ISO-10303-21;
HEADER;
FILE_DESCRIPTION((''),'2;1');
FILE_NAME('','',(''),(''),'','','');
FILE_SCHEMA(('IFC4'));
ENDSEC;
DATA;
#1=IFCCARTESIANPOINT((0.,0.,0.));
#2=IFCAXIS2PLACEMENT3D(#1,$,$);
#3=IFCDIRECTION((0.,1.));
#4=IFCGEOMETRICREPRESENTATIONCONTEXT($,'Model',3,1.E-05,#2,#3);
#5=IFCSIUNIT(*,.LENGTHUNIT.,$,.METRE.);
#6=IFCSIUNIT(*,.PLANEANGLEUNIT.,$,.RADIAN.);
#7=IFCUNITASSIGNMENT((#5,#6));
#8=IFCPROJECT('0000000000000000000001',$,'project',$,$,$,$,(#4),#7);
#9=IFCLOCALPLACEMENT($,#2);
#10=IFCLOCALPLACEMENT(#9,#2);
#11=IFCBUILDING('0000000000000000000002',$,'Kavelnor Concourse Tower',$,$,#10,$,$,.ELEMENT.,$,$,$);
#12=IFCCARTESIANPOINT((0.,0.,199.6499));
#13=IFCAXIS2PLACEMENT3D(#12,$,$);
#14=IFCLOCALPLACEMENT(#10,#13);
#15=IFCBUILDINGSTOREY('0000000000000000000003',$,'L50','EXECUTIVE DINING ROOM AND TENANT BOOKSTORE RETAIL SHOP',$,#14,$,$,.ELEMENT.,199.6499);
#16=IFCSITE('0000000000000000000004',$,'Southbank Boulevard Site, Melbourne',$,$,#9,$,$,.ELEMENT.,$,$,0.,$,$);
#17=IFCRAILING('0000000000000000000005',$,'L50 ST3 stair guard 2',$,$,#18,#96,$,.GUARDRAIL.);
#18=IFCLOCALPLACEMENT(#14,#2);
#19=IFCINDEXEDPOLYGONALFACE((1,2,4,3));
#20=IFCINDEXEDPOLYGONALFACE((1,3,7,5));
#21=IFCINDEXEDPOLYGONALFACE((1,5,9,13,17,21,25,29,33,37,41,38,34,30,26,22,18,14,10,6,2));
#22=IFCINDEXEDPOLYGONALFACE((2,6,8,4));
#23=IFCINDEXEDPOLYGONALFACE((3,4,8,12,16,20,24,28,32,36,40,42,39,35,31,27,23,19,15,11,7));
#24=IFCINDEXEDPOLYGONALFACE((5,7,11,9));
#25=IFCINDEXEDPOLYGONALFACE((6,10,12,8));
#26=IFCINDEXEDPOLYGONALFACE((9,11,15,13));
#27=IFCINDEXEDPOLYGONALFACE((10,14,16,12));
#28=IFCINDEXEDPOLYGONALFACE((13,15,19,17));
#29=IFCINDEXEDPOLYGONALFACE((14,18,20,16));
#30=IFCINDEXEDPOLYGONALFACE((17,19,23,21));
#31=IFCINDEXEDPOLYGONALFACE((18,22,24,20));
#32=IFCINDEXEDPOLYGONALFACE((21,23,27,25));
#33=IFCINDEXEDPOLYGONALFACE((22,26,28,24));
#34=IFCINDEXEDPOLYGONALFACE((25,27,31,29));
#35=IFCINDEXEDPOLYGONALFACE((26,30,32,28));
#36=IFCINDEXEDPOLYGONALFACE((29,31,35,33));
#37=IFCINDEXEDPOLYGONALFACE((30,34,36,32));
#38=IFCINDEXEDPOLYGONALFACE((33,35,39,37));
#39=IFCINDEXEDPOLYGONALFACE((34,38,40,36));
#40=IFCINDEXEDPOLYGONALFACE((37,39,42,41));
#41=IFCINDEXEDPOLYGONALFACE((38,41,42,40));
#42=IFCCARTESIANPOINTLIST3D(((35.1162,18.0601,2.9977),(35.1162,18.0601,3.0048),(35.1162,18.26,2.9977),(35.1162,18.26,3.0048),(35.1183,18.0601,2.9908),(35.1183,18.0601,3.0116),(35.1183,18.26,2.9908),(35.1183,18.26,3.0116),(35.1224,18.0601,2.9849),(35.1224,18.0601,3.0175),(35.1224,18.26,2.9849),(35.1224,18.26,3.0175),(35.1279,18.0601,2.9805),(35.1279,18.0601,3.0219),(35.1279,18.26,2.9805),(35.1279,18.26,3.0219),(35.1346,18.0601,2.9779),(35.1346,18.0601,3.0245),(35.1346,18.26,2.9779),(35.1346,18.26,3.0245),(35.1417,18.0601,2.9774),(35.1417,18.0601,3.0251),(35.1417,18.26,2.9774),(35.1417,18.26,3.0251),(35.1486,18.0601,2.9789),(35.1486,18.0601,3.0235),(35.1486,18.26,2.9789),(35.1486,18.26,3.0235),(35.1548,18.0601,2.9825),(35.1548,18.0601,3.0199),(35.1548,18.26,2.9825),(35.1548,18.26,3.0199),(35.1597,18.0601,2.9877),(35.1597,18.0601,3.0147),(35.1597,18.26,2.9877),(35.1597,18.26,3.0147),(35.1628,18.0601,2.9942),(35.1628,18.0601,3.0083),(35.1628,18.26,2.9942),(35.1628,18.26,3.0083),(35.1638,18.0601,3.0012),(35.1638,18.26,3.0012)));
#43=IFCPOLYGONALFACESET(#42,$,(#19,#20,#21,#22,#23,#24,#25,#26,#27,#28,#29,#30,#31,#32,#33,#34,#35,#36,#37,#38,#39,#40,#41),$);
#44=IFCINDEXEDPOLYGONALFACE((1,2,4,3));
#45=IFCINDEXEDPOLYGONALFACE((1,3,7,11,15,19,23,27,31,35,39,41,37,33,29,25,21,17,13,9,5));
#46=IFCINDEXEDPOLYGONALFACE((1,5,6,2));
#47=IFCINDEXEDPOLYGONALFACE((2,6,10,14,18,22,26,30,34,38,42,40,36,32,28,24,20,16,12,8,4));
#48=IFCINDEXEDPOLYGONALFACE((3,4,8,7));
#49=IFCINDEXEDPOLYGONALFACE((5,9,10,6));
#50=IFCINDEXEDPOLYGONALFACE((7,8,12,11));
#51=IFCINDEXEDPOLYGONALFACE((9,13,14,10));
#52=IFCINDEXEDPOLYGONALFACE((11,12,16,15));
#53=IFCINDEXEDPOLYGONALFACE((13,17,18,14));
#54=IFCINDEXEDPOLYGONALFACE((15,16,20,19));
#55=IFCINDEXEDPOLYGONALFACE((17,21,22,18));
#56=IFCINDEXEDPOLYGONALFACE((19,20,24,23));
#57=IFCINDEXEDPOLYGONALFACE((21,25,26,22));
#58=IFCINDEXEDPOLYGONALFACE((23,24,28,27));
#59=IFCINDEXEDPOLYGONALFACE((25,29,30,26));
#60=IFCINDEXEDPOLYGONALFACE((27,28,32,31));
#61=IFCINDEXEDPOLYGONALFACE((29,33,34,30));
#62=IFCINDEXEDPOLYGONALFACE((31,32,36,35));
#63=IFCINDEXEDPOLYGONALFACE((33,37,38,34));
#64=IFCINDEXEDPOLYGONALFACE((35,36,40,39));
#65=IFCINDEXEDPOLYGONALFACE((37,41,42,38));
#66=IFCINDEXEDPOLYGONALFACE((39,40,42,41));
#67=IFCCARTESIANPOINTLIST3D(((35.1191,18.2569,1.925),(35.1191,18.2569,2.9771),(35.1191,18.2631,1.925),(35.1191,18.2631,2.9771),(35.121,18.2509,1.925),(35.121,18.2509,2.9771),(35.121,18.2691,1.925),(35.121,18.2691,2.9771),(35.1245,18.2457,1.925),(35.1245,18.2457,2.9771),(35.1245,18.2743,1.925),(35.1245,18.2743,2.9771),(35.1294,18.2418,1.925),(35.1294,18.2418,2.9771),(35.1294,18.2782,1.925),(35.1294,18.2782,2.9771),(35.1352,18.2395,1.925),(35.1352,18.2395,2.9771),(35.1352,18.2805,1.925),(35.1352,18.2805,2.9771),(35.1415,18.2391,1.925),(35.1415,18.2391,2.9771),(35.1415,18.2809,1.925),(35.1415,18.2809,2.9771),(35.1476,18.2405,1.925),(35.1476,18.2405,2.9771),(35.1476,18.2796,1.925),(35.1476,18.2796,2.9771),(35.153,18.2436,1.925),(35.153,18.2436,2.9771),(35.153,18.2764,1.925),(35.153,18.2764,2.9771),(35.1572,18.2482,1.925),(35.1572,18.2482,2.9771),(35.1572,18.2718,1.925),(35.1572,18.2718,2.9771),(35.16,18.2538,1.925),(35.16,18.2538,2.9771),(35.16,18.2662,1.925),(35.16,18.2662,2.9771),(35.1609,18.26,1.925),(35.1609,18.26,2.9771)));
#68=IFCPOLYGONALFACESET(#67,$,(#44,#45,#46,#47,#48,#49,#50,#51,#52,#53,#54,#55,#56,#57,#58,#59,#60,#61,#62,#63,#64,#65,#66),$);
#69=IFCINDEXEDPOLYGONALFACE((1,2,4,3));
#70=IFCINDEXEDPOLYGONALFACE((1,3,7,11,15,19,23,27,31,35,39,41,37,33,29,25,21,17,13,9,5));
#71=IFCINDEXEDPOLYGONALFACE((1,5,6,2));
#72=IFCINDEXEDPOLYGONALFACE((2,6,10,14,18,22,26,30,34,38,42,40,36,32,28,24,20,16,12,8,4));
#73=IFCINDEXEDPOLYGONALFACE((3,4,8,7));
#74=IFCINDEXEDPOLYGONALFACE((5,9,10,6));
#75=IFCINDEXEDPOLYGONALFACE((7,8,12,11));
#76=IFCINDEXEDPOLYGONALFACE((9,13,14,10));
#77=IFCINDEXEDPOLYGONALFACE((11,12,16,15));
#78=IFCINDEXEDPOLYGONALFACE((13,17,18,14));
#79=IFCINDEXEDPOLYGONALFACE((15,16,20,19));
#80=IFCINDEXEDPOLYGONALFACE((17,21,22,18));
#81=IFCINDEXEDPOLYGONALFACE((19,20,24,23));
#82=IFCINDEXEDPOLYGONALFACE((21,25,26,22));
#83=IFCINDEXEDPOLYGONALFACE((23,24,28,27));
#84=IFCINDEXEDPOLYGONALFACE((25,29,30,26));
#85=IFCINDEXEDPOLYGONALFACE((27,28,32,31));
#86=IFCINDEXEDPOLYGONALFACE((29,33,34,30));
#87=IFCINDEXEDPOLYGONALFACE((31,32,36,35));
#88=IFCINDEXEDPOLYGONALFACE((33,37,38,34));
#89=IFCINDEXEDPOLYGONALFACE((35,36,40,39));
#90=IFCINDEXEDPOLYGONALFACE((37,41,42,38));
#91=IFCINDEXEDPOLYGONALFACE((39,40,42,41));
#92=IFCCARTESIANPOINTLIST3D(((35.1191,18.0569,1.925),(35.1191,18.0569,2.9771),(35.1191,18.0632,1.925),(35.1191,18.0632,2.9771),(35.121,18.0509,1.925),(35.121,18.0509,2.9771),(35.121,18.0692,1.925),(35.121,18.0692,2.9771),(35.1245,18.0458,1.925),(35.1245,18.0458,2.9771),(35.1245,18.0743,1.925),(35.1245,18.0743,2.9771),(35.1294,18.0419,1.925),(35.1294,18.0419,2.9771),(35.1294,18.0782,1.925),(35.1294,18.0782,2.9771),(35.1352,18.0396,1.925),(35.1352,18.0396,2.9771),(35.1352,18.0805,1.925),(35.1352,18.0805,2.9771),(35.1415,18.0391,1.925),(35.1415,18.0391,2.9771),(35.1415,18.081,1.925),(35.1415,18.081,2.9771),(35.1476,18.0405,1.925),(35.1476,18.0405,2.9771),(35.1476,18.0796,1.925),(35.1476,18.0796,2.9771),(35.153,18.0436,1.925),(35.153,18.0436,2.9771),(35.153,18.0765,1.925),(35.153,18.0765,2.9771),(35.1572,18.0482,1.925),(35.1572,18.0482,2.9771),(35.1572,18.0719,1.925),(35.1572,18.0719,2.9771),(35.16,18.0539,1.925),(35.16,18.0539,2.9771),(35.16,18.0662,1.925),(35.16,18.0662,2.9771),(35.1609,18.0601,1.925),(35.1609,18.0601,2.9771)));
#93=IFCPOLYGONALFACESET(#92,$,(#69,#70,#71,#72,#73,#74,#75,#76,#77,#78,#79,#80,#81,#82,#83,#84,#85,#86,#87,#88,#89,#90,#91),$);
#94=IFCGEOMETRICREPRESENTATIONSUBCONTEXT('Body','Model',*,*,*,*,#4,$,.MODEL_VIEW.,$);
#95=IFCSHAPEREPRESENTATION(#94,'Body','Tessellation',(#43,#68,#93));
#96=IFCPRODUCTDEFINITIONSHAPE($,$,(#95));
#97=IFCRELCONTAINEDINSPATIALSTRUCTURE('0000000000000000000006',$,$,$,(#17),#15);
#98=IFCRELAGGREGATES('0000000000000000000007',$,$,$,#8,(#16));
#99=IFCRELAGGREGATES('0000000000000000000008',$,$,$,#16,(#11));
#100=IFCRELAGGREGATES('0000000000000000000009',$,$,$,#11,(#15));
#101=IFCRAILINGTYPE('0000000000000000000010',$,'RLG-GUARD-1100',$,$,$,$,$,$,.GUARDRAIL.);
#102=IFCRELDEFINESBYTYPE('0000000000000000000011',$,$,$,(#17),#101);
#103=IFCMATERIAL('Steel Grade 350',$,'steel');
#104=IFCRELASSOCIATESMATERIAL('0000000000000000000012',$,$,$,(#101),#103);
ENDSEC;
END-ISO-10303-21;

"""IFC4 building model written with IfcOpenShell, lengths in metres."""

from ifc_helpers import new_model, si_unit, direction, frame, origin, origin_2d, place, context, subcontext, project, spatial, circle, extrude, material, type_object, element, save


model = new_model("IFC4")

# Units and contexts
model_context = context("Model", 3, precision=1e-05, world=origin(), true_north=direction((0.0, 1.0)))
body_context = subcontext(model_context, "Body", "Model", "MODEL_VIEW")
ifc_project = project(units=[si_unit("LENGTHUNIT", "METRE"), si_unit("PLANEANGLEUNIT", "RADIAN")], contexts=[model_context])

# Site, building, storey
site_placement = place(None, origin())
site = spatial("IfcSite", under=ifc_project, at=site_placement, Name="Southbank Boulevard Site, Melbourne", CompositionType="ELEMENT", RefElevation=0.0)
building_placement = place(site_placement, origin())
building = spatial("IfcBuilding", under=site, at=building_placement, Name="Kavelnor Concourse Tower", CompositionType="ELEMENT")
storey_placement = place(building_placement, frame((0.0, 0.0, 199.6499)))
storey = spatial("IfcBuildingStorey", under=building, at=storey_placement, Name="L50", Description="EXECUTIVE DINING ROOM AND TENANT BOOKSTORE RETAIL SHOP", CompositionType="ELEMENT", Elevation=199.6499)

# Shared definitions
ifc_material_1 = material(Name="Steel Grade 350", Category="steel")

# Railing
railing_type = type_object("IfcRailingType", Name="RLG-GUARD-1100", PredefinedType="GUARDRAIL", material=ifc_material_1)
railing_1_placement = place(storey_placement, frame((35.1399, 18.26, 1.925)))
element("IfcRailing", 1, at=railing_1_placement, inside=storey, type_object=railing_type, Name="L50 ST3 stair guard 2", PredefinedType="GUARDRAIL", context=body_context, shape_type="SweptSolid", body=[
    extrude(circle(Radius=0.0239, at=origin_2d()), frame((0.0, 0.0, 1.0762), z_axis=(0.0, -1.0, 0.0), x_axis=(1.0, 0.0, 0.0)), (0.0, 0.0, 1.0), 0.2),
    extrude(circle(Radius=0.021, at=origin_2d()), origin(), (0.0, 0.0, 1.0), 1.052),
    extrude(circle(Radius=0.021, at=origin_2d()), frame((0.0, -0.2, 0.0)), (0.0, 0.0, 1.0), 1.052),
])

save(model, "model.ifc")
